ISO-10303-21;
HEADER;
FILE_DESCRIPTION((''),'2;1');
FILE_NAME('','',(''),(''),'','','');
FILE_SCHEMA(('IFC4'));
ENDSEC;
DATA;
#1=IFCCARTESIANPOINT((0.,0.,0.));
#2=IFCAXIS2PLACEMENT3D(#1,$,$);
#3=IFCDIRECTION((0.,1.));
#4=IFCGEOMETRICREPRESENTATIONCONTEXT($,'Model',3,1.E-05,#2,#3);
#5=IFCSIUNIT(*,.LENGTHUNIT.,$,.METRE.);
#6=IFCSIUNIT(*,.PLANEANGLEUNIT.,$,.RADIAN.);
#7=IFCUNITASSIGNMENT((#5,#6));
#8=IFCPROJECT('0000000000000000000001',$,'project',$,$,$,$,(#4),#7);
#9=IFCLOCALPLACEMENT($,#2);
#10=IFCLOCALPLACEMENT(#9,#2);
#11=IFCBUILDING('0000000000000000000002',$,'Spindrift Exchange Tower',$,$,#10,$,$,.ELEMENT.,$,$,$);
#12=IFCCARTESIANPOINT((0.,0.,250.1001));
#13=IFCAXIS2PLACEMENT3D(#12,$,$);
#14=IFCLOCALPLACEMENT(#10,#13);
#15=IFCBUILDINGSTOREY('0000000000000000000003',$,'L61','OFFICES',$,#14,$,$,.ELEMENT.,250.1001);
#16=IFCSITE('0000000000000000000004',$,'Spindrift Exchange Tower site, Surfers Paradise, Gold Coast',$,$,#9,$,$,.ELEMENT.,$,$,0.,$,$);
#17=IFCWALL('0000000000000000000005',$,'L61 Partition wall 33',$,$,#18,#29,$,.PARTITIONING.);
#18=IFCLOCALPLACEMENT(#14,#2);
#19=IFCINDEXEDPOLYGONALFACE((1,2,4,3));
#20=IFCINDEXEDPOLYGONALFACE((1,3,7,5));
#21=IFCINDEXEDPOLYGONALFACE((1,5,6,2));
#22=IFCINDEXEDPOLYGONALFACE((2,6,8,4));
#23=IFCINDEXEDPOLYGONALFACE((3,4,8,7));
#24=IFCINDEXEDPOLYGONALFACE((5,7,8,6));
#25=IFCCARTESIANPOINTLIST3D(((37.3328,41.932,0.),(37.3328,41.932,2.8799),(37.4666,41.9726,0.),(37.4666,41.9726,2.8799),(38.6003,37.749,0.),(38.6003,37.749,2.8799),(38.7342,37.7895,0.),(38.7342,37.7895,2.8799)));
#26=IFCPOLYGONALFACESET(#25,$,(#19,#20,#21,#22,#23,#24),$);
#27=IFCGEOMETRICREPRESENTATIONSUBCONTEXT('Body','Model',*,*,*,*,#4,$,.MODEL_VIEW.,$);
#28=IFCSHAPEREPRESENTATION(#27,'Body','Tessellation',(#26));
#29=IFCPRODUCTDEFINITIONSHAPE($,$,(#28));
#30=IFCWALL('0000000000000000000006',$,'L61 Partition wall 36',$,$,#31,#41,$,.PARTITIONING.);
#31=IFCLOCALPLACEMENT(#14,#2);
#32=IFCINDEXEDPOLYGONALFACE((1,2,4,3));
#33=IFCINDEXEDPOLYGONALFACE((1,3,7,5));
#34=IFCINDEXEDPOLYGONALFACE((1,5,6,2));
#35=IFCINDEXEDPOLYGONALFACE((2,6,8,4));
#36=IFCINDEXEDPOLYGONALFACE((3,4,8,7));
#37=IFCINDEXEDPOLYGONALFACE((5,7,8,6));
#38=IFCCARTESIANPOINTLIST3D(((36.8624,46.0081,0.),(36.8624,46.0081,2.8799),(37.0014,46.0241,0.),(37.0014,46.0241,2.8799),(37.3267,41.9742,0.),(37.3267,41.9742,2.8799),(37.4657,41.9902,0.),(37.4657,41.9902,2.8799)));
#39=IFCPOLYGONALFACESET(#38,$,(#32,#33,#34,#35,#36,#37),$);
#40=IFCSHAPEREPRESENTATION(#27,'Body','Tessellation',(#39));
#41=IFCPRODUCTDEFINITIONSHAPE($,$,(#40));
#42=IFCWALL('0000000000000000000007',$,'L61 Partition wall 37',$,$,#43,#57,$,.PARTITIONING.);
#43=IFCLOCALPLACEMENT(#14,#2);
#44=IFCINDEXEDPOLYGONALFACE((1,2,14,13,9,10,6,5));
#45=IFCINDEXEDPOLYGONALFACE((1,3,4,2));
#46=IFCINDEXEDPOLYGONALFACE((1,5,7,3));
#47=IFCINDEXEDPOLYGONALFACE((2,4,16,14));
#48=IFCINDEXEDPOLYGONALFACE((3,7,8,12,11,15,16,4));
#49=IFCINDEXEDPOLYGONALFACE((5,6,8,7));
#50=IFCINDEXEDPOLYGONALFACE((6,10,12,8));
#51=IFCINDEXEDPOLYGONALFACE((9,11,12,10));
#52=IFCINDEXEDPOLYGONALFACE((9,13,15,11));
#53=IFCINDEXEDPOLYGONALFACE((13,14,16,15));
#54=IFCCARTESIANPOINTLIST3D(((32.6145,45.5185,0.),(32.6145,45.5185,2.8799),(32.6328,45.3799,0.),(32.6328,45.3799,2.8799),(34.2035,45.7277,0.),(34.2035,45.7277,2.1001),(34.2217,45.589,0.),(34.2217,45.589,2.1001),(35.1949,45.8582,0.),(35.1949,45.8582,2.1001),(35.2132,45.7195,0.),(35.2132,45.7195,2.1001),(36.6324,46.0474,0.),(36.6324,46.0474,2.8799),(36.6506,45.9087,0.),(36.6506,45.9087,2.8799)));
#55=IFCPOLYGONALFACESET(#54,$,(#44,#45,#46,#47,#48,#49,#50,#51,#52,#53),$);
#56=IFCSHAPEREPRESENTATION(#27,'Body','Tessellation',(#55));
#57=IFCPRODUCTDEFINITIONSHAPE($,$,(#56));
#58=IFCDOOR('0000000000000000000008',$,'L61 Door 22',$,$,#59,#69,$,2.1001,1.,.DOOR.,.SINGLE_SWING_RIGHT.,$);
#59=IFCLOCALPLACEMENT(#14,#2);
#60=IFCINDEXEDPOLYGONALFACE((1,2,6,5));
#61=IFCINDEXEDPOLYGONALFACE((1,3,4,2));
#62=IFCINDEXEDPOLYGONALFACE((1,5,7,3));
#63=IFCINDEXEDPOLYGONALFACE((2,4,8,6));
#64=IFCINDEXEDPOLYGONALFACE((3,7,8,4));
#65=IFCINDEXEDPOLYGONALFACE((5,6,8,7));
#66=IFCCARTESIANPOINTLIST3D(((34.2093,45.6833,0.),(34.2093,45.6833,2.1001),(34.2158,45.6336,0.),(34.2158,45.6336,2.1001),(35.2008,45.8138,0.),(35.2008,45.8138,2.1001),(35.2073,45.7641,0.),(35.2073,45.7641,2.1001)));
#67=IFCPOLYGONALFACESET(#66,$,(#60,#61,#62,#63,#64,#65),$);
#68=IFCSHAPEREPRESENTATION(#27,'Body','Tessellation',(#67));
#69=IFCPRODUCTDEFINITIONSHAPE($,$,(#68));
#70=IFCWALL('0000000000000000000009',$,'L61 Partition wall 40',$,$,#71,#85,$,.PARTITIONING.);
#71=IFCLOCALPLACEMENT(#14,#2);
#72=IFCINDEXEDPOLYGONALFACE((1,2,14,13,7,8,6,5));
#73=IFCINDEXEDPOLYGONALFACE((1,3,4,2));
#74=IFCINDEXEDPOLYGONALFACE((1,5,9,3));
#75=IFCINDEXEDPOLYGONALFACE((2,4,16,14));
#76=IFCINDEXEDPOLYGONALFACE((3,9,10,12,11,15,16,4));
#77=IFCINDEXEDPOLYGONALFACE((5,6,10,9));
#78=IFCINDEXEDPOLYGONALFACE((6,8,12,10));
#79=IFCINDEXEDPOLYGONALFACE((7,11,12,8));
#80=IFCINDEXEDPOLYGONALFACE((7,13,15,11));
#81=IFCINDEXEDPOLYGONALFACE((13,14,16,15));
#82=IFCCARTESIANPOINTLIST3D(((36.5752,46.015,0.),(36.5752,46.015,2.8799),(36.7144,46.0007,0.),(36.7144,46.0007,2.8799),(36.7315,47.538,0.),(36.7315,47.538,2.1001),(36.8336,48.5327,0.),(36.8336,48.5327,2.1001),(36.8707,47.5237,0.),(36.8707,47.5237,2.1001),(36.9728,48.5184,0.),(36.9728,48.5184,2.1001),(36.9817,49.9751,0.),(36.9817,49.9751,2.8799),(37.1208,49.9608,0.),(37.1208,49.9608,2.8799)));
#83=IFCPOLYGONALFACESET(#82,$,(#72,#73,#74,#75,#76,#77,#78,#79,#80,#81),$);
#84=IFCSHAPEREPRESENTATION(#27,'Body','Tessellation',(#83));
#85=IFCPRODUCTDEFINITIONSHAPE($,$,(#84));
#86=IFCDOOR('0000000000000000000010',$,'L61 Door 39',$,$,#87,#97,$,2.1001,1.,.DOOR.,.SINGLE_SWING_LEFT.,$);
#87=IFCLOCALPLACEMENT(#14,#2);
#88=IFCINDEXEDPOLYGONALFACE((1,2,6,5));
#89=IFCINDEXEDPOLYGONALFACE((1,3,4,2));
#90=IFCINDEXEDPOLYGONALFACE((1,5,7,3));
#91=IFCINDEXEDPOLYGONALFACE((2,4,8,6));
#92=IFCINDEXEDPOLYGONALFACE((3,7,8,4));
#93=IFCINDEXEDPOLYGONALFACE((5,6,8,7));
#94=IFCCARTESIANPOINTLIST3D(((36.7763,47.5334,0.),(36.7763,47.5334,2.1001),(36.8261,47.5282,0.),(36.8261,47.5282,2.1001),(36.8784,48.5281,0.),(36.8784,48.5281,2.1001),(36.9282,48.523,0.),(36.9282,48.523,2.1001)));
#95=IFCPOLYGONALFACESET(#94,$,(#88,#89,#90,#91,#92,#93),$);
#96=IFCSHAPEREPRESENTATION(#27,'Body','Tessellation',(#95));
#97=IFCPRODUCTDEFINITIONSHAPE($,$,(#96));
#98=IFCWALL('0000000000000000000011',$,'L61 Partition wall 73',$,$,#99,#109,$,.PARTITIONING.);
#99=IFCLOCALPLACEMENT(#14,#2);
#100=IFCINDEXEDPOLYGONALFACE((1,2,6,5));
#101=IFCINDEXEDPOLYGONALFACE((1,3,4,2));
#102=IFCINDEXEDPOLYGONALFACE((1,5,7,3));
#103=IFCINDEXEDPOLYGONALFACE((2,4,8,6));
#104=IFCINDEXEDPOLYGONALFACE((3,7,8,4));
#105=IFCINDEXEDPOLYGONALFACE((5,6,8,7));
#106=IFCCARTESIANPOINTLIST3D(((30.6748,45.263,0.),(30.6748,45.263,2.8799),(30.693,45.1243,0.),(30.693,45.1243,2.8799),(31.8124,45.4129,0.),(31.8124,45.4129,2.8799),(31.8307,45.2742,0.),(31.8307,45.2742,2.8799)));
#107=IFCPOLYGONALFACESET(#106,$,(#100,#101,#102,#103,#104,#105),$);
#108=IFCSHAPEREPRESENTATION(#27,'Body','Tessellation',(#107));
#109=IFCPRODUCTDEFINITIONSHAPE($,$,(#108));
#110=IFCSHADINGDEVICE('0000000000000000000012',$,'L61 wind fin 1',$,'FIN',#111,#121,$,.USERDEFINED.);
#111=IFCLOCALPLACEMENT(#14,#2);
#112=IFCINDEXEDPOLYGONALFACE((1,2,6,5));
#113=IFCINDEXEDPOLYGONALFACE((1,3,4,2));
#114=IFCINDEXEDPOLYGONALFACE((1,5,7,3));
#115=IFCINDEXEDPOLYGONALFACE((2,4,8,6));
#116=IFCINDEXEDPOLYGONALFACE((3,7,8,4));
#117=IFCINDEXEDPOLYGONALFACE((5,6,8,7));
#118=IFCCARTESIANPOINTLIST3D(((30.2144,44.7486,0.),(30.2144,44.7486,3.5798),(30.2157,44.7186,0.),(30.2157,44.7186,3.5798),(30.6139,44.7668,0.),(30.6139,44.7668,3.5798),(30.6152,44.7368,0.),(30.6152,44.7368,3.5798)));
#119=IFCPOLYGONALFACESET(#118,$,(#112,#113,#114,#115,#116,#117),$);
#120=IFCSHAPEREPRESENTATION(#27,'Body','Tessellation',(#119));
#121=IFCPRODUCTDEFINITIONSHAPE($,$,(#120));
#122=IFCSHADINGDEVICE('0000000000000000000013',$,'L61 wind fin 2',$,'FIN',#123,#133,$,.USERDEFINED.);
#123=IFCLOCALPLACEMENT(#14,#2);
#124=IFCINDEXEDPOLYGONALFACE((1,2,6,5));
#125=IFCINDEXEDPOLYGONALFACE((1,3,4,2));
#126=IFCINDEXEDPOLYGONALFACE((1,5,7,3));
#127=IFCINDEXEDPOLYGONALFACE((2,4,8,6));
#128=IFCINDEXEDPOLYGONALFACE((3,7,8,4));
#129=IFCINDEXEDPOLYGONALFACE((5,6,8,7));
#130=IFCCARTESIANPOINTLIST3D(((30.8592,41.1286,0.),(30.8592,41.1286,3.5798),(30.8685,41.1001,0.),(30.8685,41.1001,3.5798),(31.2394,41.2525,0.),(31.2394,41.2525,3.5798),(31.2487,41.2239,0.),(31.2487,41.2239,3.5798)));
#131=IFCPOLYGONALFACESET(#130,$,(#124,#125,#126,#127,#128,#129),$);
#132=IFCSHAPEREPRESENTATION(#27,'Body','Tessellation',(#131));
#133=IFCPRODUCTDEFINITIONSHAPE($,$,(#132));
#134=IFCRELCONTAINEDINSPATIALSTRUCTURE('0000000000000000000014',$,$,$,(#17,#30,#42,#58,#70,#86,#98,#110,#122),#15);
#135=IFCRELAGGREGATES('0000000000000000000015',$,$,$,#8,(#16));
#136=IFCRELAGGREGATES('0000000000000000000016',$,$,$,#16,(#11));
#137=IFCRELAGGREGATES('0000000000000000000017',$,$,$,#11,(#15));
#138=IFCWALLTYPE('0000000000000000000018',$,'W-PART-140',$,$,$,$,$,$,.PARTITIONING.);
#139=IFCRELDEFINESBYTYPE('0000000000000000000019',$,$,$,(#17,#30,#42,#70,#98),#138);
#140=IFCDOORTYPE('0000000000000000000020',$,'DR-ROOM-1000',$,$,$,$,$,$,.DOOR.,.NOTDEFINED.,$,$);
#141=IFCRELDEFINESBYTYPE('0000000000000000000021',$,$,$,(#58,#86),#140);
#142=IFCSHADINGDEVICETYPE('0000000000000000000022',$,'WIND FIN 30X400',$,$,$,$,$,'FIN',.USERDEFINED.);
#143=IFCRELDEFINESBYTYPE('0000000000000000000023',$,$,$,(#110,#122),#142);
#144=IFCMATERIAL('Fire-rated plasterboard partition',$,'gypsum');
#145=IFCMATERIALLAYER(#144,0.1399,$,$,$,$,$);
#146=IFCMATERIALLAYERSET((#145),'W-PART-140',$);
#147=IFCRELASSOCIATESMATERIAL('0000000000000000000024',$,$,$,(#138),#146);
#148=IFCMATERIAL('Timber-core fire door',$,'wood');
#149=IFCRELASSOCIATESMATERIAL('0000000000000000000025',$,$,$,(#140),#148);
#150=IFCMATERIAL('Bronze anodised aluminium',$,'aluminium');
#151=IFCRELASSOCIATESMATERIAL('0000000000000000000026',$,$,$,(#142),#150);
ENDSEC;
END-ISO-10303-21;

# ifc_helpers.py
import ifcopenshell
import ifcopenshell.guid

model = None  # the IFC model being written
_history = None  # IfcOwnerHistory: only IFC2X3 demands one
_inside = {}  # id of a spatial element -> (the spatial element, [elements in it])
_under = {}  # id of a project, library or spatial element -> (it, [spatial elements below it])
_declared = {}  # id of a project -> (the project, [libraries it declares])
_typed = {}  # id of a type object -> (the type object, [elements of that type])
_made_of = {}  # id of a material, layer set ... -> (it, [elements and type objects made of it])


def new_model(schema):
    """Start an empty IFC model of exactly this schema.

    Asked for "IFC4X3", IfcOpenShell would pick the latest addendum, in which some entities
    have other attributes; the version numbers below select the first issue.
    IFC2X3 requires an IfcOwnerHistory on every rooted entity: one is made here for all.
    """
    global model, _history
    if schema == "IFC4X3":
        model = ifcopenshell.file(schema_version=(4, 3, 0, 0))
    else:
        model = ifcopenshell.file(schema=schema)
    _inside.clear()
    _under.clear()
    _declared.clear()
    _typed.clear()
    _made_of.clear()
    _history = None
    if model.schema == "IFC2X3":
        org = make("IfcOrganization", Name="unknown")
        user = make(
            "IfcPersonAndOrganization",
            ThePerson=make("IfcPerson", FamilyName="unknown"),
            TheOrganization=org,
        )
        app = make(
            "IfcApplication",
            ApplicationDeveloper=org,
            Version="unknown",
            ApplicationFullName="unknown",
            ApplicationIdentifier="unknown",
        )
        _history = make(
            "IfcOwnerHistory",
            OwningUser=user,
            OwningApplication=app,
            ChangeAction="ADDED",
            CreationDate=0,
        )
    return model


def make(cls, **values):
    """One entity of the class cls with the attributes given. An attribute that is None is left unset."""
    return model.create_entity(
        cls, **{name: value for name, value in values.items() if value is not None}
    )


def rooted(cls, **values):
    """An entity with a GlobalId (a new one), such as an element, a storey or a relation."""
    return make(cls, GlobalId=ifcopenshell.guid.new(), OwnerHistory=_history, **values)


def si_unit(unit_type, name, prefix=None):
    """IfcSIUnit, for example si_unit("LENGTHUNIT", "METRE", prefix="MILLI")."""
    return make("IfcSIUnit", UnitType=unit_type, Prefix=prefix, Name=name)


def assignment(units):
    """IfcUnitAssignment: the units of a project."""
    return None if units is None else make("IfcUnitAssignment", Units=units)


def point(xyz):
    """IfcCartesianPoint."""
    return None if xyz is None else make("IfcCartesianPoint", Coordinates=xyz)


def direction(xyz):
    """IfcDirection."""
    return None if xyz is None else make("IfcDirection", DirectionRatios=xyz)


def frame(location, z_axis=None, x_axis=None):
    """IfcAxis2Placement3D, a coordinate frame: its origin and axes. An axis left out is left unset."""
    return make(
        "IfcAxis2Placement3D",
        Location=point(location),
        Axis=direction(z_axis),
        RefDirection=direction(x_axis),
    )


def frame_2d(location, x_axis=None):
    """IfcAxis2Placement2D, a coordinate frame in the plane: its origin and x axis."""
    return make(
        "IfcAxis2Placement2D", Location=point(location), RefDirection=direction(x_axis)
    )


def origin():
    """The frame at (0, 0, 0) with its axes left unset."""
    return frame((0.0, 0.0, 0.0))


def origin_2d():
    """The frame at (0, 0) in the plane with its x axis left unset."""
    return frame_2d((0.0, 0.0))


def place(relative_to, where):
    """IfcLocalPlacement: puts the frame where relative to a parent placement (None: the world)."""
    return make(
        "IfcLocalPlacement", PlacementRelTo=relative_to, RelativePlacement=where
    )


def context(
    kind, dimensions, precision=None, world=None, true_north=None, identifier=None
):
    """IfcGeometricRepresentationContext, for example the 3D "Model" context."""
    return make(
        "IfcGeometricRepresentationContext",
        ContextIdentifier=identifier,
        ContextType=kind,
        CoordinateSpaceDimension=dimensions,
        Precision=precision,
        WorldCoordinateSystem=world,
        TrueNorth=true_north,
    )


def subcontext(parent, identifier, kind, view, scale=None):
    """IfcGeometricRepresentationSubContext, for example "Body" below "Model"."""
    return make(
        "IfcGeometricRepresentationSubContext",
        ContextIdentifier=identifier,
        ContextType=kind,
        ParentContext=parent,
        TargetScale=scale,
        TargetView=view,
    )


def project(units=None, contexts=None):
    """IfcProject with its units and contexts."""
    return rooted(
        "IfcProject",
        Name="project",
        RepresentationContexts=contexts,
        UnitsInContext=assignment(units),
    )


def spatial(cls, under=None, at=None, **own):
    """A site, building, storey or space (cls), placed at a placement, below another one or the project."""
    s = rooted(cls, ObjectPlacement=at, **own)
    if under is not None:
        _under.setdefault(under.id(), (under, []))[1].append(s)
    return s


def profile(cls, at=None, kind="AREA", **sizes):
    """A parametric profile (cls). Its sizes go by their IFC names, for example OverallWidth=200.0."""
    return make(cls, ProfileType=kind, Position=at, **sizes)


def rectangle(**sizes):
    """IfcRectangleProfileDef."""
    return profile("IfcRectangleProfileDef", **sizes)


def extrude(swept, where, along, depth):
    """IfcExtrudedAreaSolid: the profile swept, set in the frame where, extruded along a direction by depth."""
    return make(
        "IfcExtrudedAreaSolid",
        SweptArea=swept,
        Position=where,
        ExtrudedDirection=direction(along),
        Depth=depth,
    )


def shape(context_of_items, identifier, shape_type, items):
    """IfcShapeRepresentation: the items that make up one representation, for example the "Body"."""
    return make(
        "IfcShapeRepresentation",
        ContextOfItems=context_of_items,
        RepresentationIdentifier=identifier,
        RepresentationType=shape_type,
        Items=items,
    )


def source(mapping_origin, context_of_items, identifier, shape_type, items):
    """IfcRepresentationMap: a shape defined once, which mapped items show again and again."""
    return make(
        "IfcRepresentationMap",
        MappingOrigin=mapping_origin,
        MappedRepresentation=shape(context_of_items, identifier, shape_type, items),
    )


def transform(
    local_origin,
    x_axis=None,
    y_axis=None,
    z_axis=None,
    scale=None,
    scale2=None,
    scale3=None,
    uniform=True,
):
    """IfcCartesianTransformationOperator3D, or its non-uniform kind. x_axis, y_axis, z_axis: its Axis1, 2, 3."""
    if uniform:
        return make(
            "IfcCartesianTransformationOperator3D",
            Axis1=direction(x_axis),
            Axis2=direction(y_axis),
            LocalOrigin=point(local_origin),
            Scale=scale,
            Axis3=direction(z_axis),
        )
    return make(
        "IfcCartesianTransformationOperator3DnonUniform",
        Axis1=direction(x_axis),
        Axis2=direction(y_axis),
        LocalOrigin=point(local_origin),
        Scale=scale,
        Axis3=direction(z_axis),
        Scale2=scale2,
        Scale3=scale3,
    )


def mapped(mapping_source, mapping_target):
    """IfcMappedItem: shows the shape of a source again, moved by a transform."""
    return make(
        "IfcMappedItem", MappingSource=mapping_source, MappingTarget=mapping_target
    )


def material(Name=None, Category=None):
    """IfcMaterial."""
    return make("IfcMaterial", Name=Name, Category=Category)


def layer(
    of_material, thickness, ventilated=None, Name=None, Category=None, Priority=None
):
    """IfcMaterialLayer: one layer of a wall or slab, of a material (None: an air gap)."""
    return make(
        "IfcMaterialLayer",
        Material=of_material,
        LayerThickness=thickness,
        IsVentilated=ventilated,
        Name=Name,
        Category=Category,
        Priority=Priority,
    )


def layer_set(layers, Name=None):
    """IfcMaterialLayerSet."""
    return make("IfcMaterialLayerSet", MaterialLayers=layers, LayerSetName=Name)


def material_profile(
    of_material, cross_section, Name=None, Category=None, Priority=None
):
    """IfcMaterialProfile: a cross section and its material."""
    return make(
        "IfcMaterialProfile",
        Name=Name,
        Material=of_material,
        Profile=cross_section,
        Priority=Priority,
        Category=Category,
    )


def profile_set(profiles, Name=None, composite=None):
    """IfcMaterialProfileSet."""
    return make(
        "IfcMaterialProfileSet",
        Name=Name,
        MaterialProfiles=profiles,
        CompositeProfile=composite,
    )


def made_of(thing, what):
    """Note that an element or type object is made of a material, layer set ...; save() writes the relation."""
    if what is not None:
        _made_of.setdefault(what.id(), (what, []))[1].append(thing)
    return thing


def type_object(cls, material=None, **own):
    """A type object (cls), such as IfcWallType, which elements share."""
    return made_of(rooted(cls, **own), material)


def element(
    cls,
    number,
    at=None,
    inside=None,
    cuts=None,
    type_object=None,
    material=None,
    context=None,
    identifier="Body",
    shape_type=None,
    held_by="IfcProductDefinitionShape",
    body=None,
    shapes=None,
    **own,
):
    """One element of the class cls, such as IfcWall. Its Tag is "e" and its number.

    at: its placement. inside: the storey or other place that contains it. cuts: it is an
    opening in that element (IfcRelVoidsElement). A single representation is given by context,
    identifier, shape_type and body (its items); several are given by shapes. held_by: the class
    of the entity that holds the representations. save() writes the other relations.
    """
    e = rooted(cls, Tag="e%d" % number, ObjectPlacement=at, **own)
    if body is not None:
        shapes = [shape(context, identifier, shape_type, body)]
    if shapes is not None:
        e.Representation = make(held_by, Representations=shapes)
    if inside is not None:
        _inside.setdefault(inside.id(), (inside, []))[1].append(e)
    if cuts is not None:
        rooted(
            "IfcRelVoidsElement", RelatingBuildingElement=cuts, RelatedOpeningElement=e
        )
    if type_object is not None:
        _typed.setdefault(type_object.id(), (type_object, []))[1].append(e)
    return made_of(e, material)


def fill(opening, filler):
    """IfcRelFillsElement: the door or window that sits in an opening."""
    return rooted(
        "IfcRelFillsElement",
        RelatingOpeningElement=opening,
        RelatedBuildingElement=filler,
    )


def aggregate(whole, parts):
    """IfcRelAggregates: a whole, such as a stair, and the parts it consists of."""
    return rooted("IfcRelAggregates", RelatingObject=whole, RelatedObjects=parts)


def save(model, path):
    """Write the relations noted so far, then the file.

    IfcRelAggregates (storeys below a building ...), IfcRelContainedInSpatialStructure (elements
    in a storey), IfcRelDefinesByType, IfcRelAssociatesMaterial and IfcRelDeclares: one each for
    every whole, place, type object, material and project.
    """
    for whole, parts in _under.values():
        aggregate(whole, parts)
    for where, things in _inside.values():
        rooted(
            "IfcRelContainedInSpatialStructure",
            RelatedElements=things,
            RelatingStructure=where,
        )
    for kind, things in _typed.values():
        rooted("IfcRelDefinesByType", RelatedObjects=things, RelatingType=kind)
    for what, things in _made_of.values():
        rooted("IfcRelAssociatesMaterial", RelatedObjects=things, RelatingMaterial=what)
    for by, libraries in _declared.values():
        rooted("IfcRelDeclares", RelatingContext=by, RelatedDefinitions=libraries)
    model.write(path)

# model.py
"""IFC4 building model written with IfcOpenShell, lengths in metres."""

from ifc_helpers import new_model, si_unit, direction, frame, frame_2d, origin, origin_2d, place, context, subcontext, project, spatial, rectangle, extrude, source, transform, mapped, material, layer, layer_set, material_profile, profile_set, type_object, element, fill, save


model = new_model("IFC4")

# Units and contexts
model_context = context("Model", 3, precision=1e-05, world=origin(), true_north=direction((0.0, 1.0)))
body_context = subcontext(model_context, "Body", "Model", "MODEL_VIEW")
ifc_project = project(units=[si_unit("LENGTHUNIT", "METRE"), si_unit("PLANEANGLEUNIT", "RADIAN")], contexts=[model_context])

# Site, building, storey
site_placement = place(None, origin())
site = spatial("IfcSite", under=ifc_project, at=site_placement, Name="Spindrift Exchange Tower site, Surfers Paradise, Gold Coast", CompositionType="ELEMENT", RefElevation=0.0)
building_placement = place(site_placement, origin())
building = spatial("IfcBuilding", under=site, at=building_placement, Name="Spindrift Exchange Tower", CompositionType="ELEMENT")
storey_placement = place(building_placement, frame((0.0, 0.0, 250.1001)))
storey = spatial("IfcBuildingStorey", under=building, at=storey_placement, Name="L61", Description="OFFICES", CompositionType="ELEMENT", Elevation=250.1001)

# Shared definitions
ifc_material_1 = material(Name="Bronze anodised aluminium", Category="aluminium")

# Walls
ifc_material_2 = material(Name="Fire-rated plasterboard partition", Category="gypsum")
ifc_layer_1 = layer(ifc_material_2, 0.1399)
ifc_layer_set_1 = layer_set([ifc_layer_1], Name="W-PART-140")
wall_type = type_object("IfcWallType", Name="W-PART-140", PredefinedType="PARTITIONING", material=ifc_layer_set_1)
wall_1_placement = place(storey_placement, frame((37.3997, 41.9524, 0.0), z_axis=(0.0, 0.0, 1.0), x_axis=(0.290001, -0.957026, 0.0)))
element("IfcWall", 1, at=wall_1_placement, inside=storey, type_object=wall_type, Name="L61 Partition wall 33", PredefinedType="PARTITIONING", context=body_context, shape_type="SweptSolid", body=[
    extrude(rectangle(XDim=4.3708, YDim=0.1399, at=frame_2d((2.1855, 0.0))), origin(), (0.0, 0.0, 1.0), 2.8799),
])
wall_2_placement = place(storey_placement, frame((36.9319, 46.0161, 0.0), z_axis=(0.0, 0.0, 1.0), x_axis=(0.114357, -0.99344, 0.0)))
element("IfcWall", 2, at=wall_2_placement, inside=storey, type_object=wall_type, Name="L61 Partition wall 36", PredefinedType="PARTITIONING", context=body_context, shape_type="SweptSolid", body=[
    extrude(rectangle(XDim=4.0605, YDim=0.1399, at=frame_2d((2.0303, 0.0))), origin(), (0.0, 0.0, 1.0), 2.8799),
])

# Walls, openings, doors
wall_3_placement = place(storey_placement, frame((36.6416, 45.978, 0.0), z_axis=(0.0, 0.0, 1.0), x_axis=(-0.99145, -0.13049, 0.0)))
wall_3 = element("IfcWall", 3, at=wall_3_placement, inside=storey, type_object=wall_type, Name="L61 Partition wall 37", PredefinedType="PARTITIONING", context=body_context, shape_type="SweptSolid", body=[
    extrude(rectangle(XDim=4.0525, YDim=0.1399, at=frame_2d((2.0264, 0.0))), origin(), (0.0, 0.0, 1.0), 2.8799),
])
opening_1_placement = place(wall_3_placement, frame((1.45, 0.0, 0.0)))
opening_1 = element("IfcOpeningElement", 4, at=opening_1_placement, cuts=wall_3, PredefinedType="OPENING", context=body_context, shape_type="SweptSolid", body=[
    extrude(rectangle(XDim=1.0, YDim=2.1001, at=frame_2d((0.5, 1.05))), frame((0.0, 0.0798, 0.0), z_axis=(0.0, -1.0, 0.0), x_axis=(1.0, 0.0, 0.0)), (0.0, 0.0, 1.0), 0.1599),
])
ifc_material_3 = material(Name="Timber-core fire door", Category="wood")
door_type = type_object("IfcDoorType", Name="DR-ROOM-1000", OperationType="NOTDEFINED", PredefinedType="DOOR", material=ifc_material_3)
shared_shape_1 = source(origin(), body_context, "Body", "SweptSolid", [
    extrude(rectangle(XDim=1.0, YDim=2.1001, at=frame_2d((0.5, 1.05))), frame((0.0, 0.0249, 0.0), z_axis=(0.0, -1.0, 0.0), x_axis=(1.0, 0.0, 0.0)), (0.0, 0.0, 1.0), 0.05),
])
door_1_placement = place(opening_1_placement, origin())
door_1 = element("IfcDoor", 5, at=door_1_placement, inside=storey, type_object=door_type, Name="L61 Door 22", OperationType="SINGLE_SWING_RIGHT", OverallHeight=2.1001, OverallWidth=1.0, PredefinedType="DOOR", context=body_context, shape_type="MappedRepresentation", body=[
    mapped(shared_shape_1, transform((0.0, 0.0, 0.0), scale=1.0)),
])
fill(opening_1, door_1)
wall_4_placement = place(storey_placement, frame((36.6448, 46.0078, 0.0), z_axis=(0.0, 0.0, 1.0), x_axis=(0.102108, 0.994773, 0.0)))
wall_4 = element("IfcWall", 6, at=wall_4_placement, inside=storey, type_object=wall_type, Name="L61 Partition wall 40", PredefinedType="PARTITIONING", context=body_context, shape_type="SweptSolid", body=[
    extrude(rectangle(XDim=3.981, YDim=0.1399, at=frame_2d((1.9905, 0.0))), origin(), (0.0, 0.0, 1.0), 2.8799),
])
opening_2_placement = place(wall_4_placement, frame((1.531, 0.0, 0.0)))
opening_2 = element("IfcOpeningElement", 7, at=opening_2_placement, cuts=wall_4, PredefinedType="OPENING", context=body_context, shape_type="SweptSolid", body=[
    extrude(rectangle(XDim=1.0, YDim=2.1001, at=frame_2d((0.5, 1.05))), frame((0.0, 0.0798, 0.0), z_axis=(0.0, -1.0, 0.0), x_axis=(1.0, 0.0, 0.0)), (0.0, 0.0, 1.0), 0.1599),
])
door_2_placement = place(opening_2_placement, origin())
door_2 = element("IfcDoor", 8, at=door_2_placement, inside=storey, type_object=door_type, Name="L61 Door 39", OperationType="SINGLE_SWING_LEFT", OverallHeight=2.1001, OverallWidth=1.0, PredefinedType="DOOR", context=body_context, shape_type="MappedRepresentation", body=[
    mapped(shared_shape_1, transform((0.0, 0.0, 0.0), scale=1.0)),
])
fill(opening_2, door_2)

# Wall
wall_5_placement = place(storey_placement, frame((31.8215, 45.3435, 0.0), z_axis=(0.0, 0.0, 1.0), x_axis=(-0.991431, -0.130631, 0.0)))
element("IfcWall", 9, at=wall_5_placement, inside=storey, type_object=wall_type, Name="L61 Partition wall 73", PredefinedType="PARTITIONING", context=body_context, shape_type="SweptSolid", body=[
    extrude(rectangle(XDim=1.1475, YDim=0.1399, at=frame_2d((0.5737, 0.0))), origin(), (0.0, 0.0, 1.0), 2.8799),
])

# Shading devices
ifc_material_profile_1 = material_profile(ifc_material_1, rectangle(XDim=0.03, YDim=0.3999, at=origin_2d()), Name="WIND FIN 30X400")
ifc_profile_set_1 = profile_set([ifc_material_profile_1], Name="Bronze anodised aluminium")
shading_device_type = type_object("IfcShadingDeviceType", Name="WIND FIN 30X400", ElementType="FIN", PredefinedType="USERDEFINED", material=ifc_profile_set_1)
shared_shape_2 = source(origin(), body_context, "Body", "SweptSolid", [
    extrude(rectangle(XDim=0.03, YDim=0.3999, at=origin_2d()), origin(), (0.0, 0.0, 1.0), 3.5798),
])
for number, where, z_axis, x_axis, name in (
    (10, (30.4148, 44.7427, 0.0), (0.0, 0.0, 1.0), (0.045389, -0.998969, 0.0), "L61 wind fin 1"),
    (11, (31.054, 41.1763, 0.0), (0.0, 0.0, 1.0), (0.309762, -0.950814, 0.0), "L61 wind fin 2"),
):
    element("IfcShadingDevice", number, at=place(storey_placement, frame(where, z_axis=z_axis, x_axis=x_axis)), inside=storey, type_object=shading_device_type, Name=name, ObjectType="FIN", PredefinedType="USERDEFINED", context=body_context, shape_type="MappedRepresentation", body=[
        mapped(shared_shape_2, transform((0.0, 0.0, 0.0), scale=1.0)),
    ])

save(model, "model.ifc")
